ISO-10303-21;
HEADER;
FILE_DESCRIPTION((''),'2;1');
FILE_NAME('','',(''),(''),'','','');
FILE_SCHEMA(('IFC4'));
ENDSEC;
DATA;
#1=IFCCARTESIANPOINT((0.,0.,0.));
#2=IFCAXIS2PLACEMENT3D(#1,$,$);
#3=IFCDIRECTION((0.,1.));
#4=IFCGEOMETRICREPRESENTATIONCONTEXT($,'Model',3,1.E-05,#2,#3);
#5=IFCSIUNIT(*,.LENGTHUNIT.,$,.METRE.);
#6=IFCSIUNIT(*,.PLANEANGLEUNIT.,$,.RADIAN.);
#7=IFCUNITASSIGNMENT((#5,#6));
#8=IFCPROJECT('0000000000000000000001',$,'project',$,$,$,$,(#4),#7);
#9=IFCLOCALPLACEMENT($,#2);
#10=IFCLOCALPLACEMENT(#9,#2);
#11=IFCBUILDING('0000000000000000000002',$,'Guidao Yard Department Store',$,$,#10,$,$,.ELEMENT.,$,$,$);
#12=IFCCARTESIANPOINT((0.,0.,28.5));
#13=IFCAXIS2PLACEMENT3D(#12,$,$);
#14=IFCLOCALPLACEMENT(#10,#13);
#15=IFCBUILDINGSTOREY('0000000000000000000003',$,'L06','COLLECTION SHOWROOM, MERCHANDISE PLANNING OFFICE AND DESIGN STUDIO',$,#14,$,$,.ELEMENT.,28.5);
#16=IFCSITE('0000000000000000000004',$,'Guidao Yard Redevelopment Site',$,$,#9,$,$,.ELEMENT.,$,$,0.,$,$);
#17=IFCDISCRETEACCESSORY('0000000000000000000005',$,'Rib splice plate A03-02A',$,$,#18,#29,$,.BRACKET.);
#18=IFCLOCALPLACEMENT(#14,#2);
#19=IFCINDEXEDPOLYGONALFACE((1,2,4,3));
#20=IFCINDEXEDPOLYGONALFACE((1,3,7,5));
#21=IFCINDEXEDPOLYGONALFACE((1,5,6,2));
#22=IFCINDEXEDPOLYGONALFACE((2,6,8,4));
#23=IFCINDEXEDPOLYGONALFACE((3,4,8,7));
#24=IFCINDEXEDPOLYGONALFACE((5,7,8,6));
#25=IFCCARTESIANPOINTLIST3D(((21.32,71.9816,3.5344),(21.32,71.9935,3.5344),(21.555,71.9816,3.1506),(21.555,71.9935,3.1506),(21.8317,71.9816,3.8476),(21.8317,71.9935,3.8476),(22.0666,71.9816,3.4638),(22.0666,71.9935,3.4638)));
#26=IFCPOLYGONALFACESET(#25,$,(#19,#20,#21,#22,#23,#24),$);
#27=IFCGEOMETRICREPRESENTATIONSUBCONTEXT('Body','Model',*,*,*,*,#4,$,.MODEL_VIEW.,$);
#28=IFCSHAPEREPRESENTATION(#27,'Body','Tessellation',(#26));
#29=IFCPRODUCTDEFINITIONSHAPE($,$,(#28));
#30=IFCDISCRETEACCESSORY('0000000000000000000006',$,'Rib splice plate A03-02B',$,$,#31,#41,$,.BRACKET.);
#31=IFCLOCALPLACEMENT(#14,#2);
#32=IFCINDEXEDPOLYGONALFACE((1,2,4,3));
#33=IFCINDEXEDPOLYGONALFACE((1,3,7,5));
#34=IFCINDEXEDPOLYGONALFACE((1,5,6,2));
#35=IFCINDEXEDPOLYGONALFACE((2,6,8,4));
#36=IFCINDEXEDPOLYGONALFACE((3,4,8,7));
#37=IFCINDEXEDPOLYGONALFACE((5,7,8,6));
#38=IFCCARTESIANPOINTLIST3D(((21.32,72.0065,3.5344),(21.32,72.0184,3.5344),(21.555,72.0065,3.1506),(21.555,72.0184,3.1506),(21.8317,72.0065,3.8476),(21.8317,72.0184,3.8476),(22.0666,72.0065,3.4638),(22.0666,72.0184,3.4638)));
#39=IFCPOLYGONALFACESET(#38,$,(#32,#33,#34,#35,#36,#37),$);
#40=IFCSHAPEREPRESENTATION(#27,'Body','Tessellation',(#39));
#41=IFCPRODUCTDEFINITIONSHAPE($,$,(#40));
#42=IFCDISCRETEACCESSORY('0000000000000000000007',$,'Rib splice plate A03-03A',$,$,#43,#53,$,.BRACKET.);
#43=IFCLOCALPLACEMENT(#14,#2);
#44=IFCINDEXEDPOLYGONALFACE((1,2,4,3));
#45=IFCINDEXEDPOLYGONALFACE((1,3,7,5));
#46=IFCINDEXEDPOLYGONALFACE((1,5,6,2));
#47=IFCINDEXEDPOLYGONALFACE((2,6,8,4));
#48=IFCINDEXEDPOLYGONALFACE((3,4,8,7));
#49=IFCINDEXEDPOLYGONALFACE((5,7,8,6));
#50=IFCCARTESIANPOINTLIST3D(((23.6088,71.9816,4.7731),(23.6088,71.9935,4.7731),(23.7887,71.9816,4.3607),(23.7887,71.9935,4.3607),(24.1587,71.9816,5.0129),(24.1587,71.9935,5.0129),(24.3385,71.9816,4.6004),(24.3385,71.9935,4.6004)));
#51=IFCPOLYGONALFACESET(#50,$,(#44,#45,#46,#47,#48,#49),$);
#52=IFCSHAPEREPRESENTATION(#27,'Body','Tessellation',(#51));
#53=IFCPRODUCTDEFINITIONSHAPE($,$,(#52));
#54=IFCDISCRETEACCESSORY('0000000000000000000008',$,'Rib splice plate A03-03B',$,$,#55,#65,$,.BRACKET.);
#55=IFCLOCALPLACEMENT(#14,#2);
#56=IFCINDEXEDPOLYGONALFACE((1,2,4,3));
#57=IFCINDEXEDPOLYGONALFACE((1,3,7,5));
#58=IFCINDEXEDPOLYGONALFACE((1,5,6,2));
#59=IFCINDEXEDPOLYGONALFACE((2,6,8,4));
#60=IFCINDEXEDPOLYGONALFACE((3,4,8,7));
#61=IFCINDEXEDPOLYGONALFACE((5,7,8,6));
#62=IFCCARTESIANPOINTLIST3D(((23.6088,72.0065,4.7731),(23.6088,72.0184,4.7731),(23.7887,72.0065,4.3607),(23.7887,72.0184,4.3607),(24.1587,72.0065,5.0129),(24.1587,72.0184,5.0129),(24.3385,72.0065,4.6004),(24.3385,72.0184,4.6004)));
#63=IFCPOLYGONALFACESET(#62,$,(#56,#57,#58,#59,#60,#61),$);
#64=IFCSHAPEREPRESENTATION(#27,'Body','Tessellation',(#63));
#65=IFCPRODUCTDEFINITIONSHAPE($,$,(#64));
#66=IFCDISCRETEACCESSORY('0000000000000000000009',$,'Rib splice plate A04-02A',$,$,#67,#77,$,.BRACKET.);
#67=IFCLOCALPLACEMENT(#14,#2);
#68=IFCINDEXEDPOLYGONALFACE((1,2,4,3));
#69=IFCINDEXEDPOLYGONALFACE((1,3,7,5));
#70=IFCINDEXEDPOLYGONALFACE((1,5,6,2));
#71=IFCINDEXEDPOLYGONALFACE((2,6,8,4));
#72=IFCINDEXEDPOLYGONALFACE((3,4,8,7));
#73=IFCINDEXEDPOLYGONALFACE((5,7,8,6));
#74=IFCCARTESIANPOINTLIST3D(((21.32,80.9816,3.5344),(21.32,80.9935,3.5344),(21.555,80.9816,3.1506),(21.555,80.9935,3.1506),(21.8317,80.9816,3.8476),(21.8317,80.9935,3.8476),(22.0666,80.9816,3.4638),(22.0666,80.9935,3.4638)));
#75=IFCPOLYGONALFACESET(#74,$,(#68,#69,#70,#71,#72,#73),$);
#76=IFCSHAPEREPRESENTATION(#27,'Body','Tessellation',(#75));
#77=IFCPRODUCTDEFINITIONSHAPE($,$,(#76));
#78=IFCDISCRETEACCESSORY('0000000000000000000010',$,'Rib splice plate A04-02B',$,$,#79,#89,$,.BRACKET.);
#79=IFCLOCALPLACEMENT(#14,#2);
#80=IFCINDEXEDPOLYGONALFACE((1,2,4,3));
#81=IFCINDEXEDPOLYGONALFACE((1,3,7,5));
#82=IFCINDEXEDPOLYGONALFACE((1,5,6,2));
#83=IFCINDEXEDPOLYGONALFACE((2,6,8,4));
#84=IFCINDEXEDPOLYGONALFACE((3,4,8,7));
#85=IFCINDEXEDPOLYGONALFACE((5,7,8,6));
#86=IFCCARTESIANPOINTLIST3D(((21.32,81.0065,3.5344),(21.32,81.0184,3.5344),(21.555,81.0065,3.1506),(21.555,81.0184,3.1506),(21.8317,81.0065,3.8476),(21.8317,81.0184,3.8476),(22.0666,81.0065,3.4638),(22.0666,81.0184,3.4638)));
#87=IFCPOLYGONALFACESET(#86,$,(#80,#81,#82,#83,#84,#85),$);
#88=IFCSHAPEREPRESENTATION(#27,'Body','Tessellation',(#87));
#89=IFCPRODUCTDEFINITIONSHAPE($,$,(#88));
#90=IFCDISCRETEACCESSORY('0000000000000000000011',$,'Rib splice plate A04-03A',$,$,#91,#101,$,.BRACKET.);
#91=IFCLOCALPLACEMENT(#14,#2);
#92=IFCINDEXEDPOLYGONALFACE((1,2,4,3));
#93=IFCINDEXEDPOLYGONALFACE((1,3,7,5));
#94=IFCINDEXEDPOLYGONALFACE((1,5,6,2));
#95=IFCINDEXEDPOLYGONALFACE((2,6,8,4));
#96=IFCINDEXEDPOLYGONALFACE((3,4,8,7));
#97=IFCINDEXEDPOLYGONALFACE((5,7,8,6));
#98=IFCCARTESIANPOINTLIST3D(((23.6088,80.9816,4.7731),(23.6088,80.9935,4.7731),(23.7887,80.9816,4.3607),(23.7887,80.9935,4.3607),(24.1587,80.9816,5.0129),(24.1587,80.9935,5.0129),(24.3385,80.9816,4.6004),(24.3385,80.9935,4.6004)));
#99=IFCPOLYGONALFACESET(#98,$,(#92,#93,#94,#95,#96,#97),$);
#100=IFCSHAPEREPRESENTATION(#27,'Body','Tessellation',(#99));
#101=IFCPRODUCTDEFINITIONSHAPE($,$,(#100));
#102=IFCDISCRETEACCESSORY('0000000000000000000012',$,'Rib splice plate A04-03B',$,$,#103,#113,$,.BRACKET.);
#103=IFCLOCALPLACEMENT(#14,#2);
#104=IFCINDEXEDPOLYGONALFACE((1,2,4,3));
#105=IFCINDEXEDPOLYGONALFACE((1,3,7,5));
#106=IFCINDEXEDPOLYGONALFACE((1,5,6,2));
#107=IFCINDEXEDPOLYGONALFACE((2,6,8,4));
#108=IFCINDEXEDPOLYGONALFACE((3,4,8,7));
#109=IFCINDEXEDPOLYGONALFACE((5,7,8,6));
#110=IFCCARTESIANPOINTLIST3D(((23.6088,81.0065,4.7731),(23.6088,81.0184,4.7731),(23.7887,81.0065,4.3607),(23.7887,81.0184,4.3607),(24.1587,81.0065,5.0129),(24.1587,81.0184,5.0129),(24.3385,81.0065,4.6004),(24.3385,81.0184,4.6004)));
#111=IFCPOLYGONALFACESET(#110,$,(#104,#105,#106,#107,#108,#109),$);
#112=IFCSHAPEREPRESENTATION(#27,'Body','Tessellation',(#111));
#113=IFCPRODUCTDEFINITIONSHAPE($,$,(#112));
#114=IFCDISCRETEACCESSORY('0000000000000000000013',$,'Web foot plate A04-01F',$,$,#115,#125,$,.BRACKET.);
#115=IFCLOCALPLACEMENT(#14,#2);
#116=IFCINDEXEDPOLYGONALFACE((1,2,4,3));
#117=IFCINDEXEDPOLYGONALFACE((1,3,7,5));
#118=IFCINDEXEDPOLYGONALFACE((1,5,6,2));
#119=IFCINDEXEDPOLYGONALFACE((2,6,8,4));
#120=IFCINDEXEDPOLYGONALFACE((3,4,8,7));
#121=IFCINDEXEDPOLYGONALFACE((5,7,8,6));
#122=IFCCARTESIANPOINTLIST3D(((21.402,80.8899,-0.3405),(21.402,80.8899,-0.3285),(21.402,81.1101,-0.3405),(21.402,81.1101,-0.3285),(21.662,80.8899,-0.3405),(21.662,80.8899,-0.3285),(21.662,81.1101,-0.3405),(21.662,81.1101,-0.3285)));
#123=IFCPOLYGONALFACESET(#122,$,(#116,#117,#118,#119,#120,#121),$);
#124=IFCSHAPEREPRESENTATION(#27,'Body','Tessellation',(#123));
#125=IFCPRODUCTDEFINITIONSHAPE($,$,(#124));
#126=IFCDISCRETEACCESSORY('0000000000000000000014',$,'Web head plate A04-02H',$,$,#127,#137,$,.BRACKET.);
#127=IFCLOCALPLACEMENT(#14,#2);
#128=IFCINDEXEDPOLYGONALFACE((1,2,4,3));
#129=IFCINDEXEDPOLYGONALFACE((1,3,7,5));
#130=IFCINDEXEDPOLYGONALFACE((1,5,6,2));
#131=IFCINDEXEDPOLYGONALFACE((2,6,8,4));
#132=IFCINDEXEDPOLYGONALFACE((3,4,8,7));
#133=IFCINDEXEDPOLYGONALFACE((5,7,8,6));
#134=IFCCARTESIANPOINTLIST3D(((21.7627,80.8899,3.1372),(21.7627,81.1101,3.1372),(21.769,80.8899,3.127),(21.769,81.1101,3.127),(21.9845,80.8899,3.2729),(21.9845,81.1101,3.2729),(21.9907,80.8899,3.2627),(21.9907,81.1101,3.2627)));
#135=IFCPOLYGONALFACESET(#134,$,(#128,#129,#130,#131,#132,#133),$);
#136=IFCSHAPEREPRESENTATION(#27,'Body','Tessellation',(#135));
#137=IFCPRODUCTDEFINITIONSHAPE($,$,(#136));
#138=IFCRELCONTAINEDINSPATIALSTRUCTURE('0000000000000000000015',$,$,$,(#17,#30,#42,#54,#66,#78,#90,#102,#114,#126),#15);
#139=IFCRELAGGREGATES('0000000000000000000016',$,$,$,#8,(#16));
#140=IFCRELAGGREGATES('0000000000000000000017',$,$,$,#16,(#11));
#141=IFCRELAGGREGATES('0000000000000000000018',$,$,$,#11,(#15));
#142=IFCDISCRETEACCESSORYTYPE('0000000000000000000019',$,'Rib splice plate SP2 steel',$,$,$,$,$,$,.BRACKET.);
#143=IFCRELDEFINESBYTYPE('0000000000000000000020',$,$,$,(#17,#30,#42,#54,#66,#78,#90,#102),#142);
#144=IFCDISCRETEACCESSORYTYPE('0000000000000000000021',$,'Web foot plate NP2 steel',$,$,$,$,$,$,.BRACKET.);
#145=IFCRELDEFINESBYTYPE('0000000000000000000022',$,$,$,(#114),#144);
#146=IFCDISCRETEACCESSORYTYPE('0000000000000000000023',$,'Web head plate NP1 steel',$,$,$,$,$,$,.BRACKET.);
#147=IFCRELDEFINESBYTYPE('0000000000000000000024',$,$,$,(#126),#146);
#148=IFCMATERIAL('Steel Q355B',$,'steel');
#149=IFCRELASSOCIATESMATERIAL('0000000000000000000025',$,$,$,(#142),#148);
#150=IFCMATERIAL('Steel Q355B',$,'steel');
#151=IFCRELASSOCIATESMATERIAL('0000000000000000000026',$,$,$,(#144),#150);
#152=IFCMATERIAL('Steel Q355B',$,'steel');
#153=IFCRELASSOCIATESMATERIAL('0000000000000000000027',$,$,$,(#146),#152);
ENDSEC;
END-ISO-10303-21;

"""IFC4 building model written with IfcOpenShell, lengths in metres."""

from ifc_helpers import new_model, si_unit, direction, frame, origin, origin_2d, place, context, subcontext, project, spatial, rectangle, extrude, material, material_profile, profile_set, type_object, element, save


model = new_model("IFC4")

# Units and contexts
model_context = context("Model", 3, precision=1e-05, world=origin(), true_north=direction((0.0, 1.0)))
body_context = subcontext(model_context, "Body", "Model", "MODEL_VIEW")
ifc_project = project(units=[si_unit("LENGTHUNIT", "METRE"), si_unit("PLANEANGLEUNIT", "RADIAN")], contexts=[model_context])

# Site, building, storey
site_placement = place(None, origin())
site = spatial("IfcSite", under=ifc_project, at=site_placement, Name="Guidao Yard Redevelopment Site", CompositionType="ELEMENT", RefElevation=0.0)
building_placement = place(site_placement, origin())
building = spatial("IfcBuilding", under=site, at=building_placement, Name="Guidao Yard Department Store", CompositionType="ELEMENT")
storey_placement = place(building_placement, frame((0.0, 0.0, 28.5)))
storey = spatial("IfcBuildingStorey", under=building, at=storey_placement, Name="L06", Description="COLLECTION SHOWROOM, MERCHANDISE PLANNING OFFICE AND DESIGN STUDIO", CompositionType="ELEMENT", Elevation=28.5)

# Discrete accessories
ifc_material_1 = material(Name="Steel Q355B", Category="steel")
ifc_material_profile_1 = material_profile(ifc_material_1, rectangle(XDim=0.012, YDim=0.45, at=origin_2d()), Name="Splice plate 450x12")
ifc_profile_set_1 = profile_set([ifc_material_profile_1], Name="Steel Q355B")
discrete_accessory_type_1 = type_object("IfcDiscreteAccessoryType", Name="Rib splice plate SP2 steel", PredefinedType="BRACKET", material=ifc_profile_set_1)
for number, where, z_axis, x_axis, name in (
    (1, (21.4375, 71.9875, 3.3425), (0.852899, 0.0, 0.522075), (0.0, 1.0, 0.0), "Rib splice plate A03-02A"),
    (2, (21.4375, 72.0125, 3.3425), (0.852899, 0.0, 0.522075), (0.0, 1.0, 0.0), "Rib splice plate A03-02B"),
    (3, (23.6987, 71.9875, 4.5669), (0.916642, 0.0, 0.399708), (0.0, 1.0, 0.0), "Rib splice plate A03-03A"),
    (4, (23.6987, 72.0125, 4.5669), (0.916642, 0.0, 0.399708), (0.0, 1.0, 0.0), "Rib splice plate A03-03B"),
    (5, (21.4375, 80.9875, 3.3425), (0.852899, 0.0, 0.522075), (0.0, 1.0, 0.0), "Rib splice plate A04-02A"),
    (6, (21.4375, 81.0125, 3.3425), (0.852899, 0.0, 0.522075), (0.0, 1.0, 0.0), "Rib splice plate A04-02B"),
    (7, (23.6987, 80.9875, 4.5669), (0.916642, 0.0, 0.399708), (0.0, 1.0, 0.0), "Rib splice plate A04-03A"),
    (8, (23.6987, 81.0125, 4.5669), (0.916642, 0.0, 0.399708), (0.0, 1.0, 0.0), "Rib splice plate A04-03B"),
):
    element("IfcDiscreteAccessory", number, at=place(storey_placement, frame(where, z_axis=z_axis, x_axis=x_axis)), inside=storey, type_object=discrete_accessory_type_1, Name=name, PredefinedType="BRACKET", context=body_context, shape_type="SweptSolid", body=[
        extrude(rectangle(XDim=0.012, YDim=0.45, at=origin_2d()), origin(), (0.0, 0.0, 1.0), 0.5999),
    ])
ifc_material_2 = material(Name="Steel Q355B", Category="steel")
ifc_material_profile_2 = material_profile(ifc_material_2, rectangle(XDim=0.26, YDim=0.012, at=origin_2d()), Name="Node plate 260x12")
ifc_profile_set_2 = profile_set([ifc_material_profile_2], Name="Steel Q355B")
discrete_accessory_type_2 = type_object("IfcDiscreteAccessoryType", Name="Web foot plate NP2 steel", PredefinedType="BRACKET", material=ifc_profile_set_2)
discrete_accessory_1_placement = place(storey_placement, frame((21.532, 80.8899, -0.3345), z_axis=(0.0, 1.0, 0.0), x_axis=(-1.0, 0.0, 0.0)))
element("IfcDiscreteAccessory", 9, at=discrete_accessory_1_placement, inside=storey, type_object=discrete_accessory_type_2, Name="Web foot plate A04-01F", PredefinedType="BRACKET", context=body_context, shape_type="SweptSolid", body=[
    extrude(rectangle(XDim=0.26, YDim=0.012, at=origin_2d()), origin(), (0.0, 0.0, 1.0), 0.2202),
])
ifc_material_3 = material(Name="Steel Q355B", Category="steel")
ifc_material_profile_3 = material_profile(ifc_material_3, rectangle(XDim=0.26, YDim=0.012, at=origin_2d()), Name="Node plate 260x12")
ifc_profile_set_3 = profile_set([ifc_material_profile_3], Name="Steel Q355B")
discrete_accessory_type_3 = type_object("IfcDiscreteAccessoryType", Name="Web head plate NP1 steel", PredefinedType="BRACKET", material=ifc_profile_set_3)
discrete_accessory_2_placement = place(storey_placement, frame((21.8767, 80.8899, 3.2), z_axis=(0.0, 1.0, 0.0), x_axis=(-0.852874, 0.0, -0.522116)))
element("IfcDiscreteAccessory", 10, at=discrete_accessory_2_placement, inside=storey, type_object=discrete_accessory_type_3, Name="Web head plate A04-02H", PredefinedType="BRACKET", context=body_context, shape_type="SweptSolid", body=[
    extrude(rectangle(XDim=0.26, YDim=0.012, at=origin_2d()), origin(), (0.0, 0.0, 1.0), 0.2202),
])

save(model, "model.ifc")
